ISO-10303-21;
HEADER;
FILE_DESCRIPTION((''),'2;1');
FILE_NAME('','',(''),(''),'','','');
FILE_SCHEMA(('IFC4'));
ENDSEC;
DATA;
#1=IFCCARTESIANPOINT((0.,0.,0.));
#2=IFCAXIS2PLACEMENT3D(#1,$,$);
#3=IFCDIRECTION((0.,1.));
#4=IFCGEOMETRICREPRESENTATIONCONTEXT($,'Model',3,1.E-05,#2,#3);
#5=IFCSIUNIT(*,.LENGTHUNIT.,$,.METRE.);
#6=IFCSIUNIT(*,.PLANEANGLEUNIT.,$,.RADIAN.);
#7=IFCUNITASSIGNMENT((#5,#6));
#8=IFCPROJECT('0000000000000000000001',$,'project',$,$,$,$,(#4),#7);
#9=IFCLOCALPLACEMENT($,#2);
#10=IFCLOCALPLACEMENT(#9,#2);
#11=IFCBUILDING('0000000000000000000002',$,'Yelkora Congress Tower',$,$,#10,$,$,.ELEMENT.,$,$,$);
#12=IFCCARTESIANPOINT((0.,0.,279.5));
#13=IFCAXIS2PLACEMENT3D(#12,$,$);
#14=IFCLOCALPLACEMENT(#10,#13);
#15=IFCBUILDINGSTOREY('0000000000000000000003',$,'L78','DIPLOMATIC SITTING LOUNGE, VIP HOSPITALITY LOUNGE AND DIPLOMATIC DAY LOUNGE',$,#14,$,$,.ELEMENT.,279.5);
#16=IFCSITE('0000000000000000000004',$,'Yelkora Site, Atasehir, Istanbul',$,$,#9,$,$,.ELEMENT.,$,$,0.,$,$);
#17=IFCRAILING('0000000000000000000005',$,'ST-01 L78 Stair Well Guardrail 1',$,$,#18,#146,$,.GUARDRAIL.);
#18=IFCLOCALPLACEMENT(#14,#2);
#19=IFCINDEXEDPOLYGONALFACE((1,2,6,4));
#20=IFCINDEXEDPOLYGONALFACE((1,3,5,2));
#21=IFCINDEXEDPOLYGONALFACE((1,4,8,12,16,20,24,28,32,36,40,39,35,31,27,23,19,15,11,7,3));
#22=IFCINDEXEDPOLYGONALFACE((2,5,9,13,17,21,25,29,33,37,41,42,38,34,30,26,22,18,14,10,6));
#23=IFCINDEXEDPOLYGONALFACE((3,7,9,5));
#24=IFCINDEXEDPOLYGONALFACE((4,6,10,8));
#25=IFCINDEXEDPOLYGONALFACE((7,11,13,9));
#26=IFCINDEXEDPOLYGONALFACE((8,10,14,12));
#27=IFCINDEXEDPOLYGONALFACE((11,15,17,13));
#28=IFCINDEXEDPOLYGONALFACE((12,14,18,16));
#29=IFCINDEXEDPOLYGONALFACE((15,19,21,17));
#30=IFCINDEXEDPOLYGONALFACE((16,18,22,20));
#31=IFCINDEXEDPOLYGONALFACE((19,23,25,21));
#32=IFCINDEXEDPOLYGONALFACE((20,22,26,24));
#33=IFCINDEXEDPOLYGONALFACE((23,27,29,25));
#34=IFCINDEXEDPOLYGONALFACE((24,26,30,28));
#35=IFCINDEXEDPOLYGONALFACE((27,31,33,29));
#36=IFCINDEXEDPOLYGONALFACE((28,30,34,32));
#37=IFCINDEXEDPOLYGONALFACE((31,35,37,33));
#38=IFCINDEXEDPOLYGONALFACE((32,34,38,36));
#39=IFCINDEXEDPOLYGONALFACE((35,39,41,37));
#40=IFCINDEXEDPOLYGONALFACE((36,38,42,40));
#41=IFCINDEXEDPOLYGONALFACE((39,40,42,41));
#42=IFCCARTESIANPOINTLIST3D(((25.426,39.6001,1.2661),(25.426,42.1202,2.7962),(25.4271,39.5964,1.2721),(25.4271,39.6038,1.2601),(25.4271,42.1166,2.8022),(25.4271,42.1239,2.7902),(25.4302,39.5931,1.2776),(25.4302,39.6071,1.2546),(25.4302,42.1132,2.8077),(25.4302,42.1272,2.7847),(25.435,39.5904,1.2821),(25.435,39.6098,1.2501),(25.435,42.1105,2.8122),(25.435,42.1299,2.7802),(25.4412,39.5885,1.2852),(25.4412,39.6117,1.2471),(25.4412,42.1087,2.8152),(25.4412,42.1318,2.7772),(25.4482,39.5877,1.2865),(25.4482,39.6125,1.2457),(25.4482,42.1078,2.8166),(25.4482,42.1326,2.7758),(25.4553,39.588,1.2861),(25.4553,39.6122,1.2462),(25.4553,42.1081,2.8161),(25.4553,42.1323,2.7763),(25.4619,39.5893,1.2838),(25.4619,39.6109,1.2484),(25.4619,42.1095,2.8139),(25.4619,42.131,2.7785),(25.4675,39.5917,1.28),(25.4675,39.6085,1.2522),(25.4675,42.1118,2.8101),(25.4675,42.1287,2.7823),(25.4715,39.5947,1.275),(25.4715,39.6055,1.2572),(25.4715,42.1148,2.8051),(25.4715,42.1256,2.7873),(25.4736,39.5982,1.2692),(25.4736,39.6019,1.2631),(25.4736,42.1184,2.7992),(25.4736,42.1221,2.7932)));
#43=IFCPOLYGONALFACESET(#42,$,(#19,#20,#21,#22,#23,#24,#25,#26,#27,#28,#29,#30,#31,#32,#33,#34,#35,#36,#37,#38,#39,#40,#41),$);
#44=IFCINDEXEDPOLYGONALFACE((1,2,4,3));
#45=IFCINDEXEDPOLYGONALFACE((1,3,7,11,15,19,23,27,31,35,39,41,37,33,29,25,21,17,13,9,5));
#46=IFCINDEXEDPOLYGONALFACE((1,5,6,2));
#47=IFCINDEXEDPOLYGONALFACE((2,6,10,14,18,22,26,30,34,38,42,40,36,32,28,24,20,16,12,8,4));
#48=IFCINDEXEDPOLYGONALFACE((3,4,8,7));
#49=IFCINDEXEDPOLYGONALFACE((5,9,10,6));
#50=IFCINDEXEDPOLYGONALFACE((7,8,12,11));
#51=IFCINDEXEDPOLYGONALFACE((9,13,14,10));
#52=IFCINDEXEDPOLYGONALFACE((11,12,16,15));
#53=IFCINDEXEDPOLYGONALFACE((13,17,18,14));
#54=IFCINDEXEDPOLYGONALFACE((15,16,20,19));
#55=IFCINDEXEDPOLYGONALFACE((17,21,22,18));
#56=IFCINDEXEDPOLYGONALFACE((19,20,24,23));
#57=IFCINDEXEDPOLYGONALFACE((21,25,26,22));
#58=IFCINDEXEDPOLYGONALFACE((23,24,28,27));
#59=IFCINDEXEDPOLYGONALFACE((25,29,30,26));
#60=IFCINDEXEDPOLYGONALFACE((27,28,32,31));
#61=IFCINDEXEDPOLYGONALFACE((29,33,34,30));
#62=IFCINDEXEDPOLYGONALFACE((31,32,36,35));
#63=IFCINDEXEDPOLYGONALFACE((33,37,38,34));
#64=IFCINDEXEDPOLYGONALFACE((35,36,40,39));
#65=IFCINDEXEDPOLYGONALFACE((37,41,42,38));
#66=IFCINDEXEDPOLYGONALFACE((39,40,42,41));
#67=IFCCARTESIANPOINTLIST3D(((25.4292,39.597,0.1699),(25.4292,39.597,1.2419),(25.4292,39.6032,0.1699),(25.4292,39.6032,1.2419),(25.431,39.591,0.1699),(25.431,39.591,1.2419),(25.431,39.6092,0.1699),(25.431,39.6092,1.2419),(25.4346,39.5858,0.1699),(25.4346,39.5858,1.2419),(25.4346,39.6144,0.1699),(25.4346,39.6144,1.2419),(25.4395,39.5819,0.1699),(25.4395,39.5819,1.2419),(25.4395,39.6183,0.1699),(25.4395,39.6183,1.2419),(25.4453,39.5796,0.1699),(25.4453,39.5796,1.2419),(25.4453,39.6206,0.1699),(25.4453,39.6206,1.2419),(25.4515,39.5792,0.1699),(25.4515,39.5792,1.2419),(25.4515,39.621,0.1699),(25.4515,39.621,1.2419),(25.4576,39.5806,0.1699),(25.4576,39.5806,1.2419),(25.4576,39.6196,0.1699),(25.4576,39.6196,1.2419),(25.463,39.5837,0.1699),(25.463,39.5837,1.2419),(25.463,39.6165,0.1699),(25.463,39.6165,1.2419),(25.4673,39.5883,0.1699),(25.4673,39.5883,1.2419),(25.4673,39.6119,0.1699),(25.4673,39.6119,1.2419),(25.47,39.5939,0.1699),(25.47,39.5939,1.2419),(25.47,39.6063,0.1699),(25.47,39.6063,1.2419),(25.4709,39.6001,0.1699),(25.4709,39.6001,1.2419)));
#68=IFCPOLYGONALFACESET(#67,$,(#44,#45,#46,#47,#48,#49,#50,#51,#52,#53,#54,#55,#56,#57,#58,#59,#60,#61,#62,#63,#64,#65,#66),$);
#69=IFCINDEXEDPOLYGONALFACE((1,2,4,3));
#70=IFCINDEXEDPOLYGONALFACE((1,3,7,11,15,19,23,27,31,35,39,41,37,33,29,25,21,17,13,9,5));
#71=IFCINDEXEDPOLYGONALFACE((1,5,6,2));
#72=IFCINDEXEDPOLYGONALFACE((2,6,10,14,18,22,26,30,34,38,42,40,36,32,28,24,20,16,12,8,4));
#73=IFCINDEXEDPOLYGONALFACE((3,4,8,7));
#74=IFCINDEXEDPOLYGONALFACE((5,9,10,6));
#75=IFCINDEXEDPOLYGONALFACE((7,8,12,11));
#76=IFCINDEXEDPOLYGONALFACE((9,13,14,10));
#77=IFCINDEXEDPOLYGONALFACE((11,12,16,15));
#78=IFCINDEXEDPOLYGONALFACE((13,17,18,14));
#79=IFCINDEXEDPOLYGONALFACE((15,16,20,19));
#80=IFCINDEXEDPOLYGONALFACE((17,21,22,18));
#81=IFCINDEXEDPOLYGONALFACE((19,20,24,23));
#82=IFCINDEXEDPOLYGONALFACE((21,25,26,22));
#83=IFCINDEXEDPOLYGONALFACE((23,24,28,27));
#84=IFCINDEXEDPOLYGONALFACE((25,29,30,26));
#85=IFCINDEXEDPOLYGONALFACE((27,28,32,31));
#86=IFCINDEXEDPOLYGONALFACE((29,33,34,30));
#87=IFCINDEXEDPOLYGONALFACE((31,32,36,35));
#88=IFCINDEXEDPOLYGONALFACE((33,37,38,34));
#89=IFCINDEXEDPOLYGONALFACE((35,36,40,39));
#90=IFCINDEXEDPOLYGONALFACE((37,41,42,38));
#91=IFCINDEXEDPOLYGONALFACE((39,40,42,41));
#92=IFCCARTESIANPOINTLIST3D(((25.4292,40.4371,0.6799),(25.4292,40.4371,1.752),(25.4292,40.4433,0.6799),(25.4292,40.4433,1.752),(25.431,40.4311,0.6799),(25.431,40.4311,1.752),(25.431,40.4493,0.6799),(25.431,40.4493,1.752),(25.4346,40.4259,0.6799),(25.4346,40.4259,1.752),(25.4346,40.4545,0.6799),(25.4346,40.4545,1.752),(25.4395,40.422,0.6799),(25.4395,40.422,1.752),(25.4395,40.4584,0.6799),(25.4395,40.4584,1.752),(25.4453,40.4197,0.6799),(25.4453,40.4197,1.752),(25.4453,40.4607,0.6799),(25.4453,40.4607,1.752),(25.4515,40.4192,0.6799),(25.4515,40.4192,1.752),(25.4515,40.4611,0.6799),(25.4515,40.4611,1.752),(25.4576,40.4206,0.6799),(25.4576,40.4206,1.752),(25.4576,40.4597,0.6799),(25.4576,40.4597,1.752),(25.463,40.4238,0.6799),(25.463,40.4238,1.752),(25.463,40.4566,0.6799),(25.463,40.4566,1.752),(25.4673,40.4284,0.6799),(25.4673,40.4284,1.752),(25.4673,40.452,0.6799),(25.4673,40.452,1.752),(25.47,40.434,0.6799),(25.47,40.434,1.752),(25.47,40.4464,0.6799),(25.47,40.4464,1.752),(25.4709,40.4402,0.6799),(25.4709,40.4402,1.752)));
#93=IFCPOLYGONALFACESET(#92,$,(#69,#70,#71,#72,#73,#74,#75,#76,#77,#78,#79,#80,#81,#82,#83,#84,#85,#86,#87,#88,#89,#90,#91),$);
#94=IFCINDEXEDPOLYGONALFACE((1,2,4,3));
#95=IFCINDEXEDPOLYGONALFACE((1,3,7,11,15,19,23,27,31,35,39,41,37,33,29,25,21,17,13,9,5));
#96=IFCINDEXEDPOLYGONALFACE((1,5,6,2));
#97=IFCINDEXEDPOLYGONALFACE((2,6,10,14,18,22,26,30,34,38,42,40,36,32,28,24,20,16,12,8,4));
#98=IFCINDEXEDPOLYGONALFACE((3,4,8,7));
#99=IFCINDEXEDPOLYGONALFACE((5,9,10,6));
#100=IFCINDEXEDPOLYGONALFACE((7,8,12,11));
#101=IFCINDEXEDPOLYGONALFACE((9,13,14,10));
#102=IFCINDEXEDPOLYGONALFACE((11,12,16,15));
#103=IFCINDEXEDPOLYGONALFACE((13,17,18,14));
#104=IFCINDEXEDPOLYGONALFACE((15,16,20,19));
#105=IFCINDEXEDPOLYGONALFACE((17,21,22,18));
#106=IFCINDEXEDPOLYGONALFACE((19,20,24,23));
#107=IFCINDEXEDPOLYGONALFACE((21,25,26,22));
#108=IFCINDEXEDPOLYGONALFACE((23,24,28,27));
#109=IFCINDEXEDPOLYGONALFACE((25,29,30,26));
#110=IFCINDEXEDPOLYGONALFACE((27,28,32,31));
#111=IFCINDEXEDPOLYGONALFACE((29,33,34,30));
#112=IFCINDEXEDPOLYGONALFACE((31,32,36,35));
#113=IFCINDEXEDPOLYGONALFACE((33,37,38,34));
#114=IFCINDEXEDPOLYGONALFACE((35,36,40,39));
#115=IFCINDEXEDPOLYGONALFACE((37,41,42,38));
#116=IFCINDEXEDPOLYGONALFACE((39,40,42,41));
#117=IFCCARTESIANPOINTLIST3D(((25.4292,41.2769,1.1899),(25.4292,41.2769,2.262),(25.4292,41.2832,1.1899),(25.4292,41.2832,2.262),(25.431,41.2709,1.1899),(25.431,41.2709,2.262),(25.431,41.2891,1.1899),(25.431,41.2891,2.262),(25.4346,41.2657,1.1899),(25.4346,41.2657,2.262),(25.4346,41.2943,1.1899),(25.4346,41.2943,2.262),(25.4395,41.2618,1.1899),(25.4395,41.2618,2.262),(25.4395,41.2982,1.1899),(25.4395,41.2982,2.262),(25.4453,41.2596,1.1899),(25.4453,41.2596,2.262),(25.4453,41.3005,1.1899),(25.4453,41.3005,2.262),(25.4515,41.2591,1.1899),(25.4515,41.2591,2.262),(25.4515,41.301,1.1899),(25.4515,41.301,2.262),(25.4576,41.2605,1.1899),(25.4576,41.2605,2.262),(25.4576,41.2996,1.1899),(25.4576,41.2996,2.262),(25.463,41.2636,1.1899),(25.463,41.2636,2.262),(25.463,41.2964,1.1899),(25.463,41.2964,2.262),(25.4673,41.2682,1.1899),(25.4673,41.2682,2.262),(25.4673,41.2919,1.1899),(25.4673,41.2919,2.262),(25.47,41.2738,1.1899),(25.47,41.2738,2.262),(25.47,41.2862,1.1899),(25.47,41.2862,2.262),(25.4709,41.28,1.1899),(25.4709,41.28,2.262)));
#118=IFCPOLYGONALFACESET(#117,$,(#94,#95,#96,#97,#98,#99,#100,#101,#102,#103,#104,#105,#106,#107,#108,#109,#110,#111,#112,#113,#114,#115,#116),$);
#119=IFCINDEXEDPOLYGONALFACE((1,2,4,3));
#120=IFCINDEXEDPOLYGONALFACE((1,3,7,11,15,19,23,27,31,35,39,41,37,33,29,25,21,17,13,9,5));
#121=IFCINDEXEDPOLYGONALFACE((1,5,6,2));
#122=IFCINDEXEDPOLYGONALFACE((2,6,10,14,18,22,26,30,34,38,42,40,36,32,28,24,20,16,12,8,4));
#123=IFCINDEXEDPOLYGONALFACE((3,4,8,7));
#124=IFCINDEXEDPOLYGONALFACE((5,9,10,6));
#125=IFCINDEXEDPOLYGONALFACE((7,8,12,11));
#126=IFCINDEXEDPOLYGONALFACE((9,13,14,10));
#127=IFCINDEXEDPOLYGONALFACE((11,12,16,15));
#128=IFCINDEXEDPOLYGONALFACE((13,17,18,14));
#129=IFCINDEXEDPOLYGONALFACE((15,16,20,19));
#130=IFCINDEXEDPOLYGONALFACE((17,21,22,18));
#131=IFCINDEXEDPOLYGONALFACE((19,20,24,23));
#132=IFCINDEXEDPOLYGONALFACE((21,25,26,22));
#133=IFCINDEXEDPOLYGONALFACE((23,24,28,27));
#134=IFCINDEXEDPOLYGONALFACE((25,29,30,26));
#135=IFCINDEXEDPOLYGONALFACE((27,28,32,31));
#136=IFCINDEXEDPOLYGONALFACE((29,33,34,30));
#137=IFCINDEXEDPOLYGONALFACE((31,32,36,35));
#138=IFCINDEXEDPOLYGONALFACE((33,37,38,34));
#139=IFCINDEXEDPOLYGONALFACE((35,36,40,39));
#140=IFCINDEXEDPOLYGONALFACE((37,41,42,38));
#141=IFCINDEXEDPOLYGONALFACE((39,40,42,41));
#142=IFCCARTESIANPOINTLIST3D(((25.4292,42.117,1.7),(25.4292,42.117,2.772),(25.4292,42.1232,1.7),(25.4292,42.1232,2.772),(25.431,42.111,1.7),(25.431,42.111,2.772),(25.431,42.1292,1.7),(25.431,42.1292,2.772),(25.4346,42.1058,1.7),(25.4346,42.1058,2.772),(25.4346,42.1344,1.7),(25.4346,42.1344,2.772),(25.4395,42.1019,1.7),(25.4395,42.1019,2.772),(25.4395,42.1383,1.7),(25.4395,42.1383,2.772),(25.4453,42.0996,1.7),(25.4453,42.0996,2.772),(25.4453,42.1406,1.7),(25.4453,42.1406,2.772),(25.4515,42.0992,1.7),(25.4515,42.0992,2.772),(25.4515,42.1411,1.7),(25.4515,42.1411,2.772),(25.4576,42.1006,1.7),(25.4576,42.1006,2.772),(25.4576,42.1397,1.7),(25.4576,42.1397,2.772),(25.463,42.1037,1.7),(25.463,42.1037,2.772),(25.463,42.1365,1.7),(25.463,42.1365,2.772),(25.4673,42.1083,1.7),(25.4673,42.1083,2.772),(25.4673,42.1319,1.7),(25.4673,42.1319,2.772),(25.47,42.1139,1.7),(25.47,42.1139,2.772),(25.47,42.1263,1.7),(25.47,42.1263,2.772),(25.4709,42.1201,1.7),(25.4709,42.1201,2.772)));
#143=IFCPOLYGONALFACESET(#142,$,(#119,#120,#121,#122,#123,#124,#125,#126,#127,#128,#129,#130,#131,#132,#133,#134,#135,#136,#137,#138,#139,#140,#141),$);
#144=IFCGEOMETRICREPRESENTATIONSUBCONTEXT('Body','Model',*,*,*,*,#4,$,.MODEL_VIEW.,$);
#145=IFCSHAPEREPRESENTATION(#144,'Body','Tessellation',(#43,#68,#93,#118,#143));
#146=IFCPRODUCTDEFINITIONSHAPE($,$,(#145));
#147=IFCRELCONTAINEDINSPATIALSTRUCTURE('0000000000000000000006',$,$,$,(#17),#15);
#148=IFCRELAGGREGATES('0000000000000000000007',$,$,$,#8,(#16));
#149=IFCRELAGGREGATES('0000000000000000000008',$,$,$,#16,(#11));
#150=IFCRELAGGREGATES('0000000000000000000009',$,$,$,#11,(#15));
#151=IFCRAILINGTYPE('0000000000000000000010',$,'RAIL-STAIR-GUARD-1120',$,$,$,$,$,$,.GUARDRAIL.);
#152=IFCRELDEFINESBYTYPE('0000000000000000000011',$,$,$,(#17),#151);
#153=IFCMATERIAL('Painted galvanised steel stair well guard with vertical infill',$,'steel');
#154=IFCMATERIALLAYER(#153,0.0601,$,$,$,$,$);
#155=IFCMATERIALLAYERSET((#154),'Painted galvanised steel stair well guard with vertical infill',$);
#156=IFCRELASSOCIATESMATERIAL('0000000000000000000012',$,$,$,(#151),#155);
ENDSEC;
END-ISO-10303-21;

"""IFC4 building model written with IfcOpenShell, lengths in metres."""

from ifc_helpers import new_model, si_unit, direction, frame, origin, origin_2d, place, context, subcontext, project, spatial, circle, extrude, material, layer, layer_set, type_object, element, save


model = new_model("IFC4")

# Units and contexts
model_context = context("Model", 3, precision=1e-05, world=origin(), true_north=direction((0.0, 1.0)))
body_context = subcontext(model_context, "Body", "Model", "MODEL_VIEW")
ifc_project = project(units=[si_unit("LENGTHUNIT", "METRE"), si_unit("PLANEANGLEUNIT", "RADIAN")], contexts=[model_context])

# Site, building, storey
site_placement = place(None, origin())
site = spatial("IfcSite", under=ifc_project, at=site_placement, Name="Yelkora Site, Atasehir, Istanbul", CompositionType="ELEMENT", RefElevation=0.0)
building_placement = place(site_placement, origin())
building = spatial("IfcBuilding", under=site, at=building_placement, Name="Yelkora Congress Tower", CompositionType="ELEMENT")
storey_placement = place(building_placement, frame((0.0, 0.0, 279.5)))
storey = spatial("IfcBuildingStorey", under=building, at=storey_placement, Name="L78", Description="DIPLOMATIC SITTING LOUNGE, VIP HOSPITALITY LOUNGE AND DIPLOMATIC DAY LOUNGE", CompositionType="ELEMENT", Elevation=279.5)

# Railing
ifc_material_1 = material(Name="Painted galvanised steel stair well guard with vertical infill", Category="steel")
ifc_layer_1 = layer(ifc_material_1, 0.0601)
ifc_layer_set_1 = layer_set([ifc_layer_1], Name="Painted galvanised steel stair well guard with vertical infill")
railing_type_1 = type_object("IfcRailingType", Name="RAIL-STAIR-GUARD-1120", PredefinedType="GUARDRAIL", material=ifc_layer_set_1)
railing_1_placement = place(storey_placement, frame((25.45, 39.6001, 0.1699)))
element("IfcRailing", 1, at=railing_1_placement, inside=storey, type_object=railing_type_1, Name="ST-01 L78 Stair Well Guardrail 1", PredefinedType="GUARDRAIL", context=body_context, shape_type="SweptSolid", body=[
    extrude(circle(Radius=0.0239, at=origin_2d()), frame((0.0, 0.0, 1.0962), z_axis=(0.0, 0.854785, 0.518982), x_axis=(-1.0, 0.0, 0.0)), (0.0, 0.0, 1.0), 2.9482),
    extrude(circle(Radius=0.021, at=origin_2d()), origin(), (0.0, 0.0, 1.0), 1.072),
    extrude(circle(Radius=0.021, at=origin_2d()), frame((0.0, 0.8401, 0.51)), (0.0, 0.0, 1.0), 1.072),
    extrude(circle(Radius=0.021, at=origin_2d()), frame((0.0, 1.6799, 1.02)), (0.0, 0.0, 1.0), 1.072),
    extrude(circle(Radius=0.021, at=origin_2d()), frame((0.0, 2.52, 1.53)), (0.0, 0.0, 1.0), 1.072),
])

save(model, "model.ifc")
